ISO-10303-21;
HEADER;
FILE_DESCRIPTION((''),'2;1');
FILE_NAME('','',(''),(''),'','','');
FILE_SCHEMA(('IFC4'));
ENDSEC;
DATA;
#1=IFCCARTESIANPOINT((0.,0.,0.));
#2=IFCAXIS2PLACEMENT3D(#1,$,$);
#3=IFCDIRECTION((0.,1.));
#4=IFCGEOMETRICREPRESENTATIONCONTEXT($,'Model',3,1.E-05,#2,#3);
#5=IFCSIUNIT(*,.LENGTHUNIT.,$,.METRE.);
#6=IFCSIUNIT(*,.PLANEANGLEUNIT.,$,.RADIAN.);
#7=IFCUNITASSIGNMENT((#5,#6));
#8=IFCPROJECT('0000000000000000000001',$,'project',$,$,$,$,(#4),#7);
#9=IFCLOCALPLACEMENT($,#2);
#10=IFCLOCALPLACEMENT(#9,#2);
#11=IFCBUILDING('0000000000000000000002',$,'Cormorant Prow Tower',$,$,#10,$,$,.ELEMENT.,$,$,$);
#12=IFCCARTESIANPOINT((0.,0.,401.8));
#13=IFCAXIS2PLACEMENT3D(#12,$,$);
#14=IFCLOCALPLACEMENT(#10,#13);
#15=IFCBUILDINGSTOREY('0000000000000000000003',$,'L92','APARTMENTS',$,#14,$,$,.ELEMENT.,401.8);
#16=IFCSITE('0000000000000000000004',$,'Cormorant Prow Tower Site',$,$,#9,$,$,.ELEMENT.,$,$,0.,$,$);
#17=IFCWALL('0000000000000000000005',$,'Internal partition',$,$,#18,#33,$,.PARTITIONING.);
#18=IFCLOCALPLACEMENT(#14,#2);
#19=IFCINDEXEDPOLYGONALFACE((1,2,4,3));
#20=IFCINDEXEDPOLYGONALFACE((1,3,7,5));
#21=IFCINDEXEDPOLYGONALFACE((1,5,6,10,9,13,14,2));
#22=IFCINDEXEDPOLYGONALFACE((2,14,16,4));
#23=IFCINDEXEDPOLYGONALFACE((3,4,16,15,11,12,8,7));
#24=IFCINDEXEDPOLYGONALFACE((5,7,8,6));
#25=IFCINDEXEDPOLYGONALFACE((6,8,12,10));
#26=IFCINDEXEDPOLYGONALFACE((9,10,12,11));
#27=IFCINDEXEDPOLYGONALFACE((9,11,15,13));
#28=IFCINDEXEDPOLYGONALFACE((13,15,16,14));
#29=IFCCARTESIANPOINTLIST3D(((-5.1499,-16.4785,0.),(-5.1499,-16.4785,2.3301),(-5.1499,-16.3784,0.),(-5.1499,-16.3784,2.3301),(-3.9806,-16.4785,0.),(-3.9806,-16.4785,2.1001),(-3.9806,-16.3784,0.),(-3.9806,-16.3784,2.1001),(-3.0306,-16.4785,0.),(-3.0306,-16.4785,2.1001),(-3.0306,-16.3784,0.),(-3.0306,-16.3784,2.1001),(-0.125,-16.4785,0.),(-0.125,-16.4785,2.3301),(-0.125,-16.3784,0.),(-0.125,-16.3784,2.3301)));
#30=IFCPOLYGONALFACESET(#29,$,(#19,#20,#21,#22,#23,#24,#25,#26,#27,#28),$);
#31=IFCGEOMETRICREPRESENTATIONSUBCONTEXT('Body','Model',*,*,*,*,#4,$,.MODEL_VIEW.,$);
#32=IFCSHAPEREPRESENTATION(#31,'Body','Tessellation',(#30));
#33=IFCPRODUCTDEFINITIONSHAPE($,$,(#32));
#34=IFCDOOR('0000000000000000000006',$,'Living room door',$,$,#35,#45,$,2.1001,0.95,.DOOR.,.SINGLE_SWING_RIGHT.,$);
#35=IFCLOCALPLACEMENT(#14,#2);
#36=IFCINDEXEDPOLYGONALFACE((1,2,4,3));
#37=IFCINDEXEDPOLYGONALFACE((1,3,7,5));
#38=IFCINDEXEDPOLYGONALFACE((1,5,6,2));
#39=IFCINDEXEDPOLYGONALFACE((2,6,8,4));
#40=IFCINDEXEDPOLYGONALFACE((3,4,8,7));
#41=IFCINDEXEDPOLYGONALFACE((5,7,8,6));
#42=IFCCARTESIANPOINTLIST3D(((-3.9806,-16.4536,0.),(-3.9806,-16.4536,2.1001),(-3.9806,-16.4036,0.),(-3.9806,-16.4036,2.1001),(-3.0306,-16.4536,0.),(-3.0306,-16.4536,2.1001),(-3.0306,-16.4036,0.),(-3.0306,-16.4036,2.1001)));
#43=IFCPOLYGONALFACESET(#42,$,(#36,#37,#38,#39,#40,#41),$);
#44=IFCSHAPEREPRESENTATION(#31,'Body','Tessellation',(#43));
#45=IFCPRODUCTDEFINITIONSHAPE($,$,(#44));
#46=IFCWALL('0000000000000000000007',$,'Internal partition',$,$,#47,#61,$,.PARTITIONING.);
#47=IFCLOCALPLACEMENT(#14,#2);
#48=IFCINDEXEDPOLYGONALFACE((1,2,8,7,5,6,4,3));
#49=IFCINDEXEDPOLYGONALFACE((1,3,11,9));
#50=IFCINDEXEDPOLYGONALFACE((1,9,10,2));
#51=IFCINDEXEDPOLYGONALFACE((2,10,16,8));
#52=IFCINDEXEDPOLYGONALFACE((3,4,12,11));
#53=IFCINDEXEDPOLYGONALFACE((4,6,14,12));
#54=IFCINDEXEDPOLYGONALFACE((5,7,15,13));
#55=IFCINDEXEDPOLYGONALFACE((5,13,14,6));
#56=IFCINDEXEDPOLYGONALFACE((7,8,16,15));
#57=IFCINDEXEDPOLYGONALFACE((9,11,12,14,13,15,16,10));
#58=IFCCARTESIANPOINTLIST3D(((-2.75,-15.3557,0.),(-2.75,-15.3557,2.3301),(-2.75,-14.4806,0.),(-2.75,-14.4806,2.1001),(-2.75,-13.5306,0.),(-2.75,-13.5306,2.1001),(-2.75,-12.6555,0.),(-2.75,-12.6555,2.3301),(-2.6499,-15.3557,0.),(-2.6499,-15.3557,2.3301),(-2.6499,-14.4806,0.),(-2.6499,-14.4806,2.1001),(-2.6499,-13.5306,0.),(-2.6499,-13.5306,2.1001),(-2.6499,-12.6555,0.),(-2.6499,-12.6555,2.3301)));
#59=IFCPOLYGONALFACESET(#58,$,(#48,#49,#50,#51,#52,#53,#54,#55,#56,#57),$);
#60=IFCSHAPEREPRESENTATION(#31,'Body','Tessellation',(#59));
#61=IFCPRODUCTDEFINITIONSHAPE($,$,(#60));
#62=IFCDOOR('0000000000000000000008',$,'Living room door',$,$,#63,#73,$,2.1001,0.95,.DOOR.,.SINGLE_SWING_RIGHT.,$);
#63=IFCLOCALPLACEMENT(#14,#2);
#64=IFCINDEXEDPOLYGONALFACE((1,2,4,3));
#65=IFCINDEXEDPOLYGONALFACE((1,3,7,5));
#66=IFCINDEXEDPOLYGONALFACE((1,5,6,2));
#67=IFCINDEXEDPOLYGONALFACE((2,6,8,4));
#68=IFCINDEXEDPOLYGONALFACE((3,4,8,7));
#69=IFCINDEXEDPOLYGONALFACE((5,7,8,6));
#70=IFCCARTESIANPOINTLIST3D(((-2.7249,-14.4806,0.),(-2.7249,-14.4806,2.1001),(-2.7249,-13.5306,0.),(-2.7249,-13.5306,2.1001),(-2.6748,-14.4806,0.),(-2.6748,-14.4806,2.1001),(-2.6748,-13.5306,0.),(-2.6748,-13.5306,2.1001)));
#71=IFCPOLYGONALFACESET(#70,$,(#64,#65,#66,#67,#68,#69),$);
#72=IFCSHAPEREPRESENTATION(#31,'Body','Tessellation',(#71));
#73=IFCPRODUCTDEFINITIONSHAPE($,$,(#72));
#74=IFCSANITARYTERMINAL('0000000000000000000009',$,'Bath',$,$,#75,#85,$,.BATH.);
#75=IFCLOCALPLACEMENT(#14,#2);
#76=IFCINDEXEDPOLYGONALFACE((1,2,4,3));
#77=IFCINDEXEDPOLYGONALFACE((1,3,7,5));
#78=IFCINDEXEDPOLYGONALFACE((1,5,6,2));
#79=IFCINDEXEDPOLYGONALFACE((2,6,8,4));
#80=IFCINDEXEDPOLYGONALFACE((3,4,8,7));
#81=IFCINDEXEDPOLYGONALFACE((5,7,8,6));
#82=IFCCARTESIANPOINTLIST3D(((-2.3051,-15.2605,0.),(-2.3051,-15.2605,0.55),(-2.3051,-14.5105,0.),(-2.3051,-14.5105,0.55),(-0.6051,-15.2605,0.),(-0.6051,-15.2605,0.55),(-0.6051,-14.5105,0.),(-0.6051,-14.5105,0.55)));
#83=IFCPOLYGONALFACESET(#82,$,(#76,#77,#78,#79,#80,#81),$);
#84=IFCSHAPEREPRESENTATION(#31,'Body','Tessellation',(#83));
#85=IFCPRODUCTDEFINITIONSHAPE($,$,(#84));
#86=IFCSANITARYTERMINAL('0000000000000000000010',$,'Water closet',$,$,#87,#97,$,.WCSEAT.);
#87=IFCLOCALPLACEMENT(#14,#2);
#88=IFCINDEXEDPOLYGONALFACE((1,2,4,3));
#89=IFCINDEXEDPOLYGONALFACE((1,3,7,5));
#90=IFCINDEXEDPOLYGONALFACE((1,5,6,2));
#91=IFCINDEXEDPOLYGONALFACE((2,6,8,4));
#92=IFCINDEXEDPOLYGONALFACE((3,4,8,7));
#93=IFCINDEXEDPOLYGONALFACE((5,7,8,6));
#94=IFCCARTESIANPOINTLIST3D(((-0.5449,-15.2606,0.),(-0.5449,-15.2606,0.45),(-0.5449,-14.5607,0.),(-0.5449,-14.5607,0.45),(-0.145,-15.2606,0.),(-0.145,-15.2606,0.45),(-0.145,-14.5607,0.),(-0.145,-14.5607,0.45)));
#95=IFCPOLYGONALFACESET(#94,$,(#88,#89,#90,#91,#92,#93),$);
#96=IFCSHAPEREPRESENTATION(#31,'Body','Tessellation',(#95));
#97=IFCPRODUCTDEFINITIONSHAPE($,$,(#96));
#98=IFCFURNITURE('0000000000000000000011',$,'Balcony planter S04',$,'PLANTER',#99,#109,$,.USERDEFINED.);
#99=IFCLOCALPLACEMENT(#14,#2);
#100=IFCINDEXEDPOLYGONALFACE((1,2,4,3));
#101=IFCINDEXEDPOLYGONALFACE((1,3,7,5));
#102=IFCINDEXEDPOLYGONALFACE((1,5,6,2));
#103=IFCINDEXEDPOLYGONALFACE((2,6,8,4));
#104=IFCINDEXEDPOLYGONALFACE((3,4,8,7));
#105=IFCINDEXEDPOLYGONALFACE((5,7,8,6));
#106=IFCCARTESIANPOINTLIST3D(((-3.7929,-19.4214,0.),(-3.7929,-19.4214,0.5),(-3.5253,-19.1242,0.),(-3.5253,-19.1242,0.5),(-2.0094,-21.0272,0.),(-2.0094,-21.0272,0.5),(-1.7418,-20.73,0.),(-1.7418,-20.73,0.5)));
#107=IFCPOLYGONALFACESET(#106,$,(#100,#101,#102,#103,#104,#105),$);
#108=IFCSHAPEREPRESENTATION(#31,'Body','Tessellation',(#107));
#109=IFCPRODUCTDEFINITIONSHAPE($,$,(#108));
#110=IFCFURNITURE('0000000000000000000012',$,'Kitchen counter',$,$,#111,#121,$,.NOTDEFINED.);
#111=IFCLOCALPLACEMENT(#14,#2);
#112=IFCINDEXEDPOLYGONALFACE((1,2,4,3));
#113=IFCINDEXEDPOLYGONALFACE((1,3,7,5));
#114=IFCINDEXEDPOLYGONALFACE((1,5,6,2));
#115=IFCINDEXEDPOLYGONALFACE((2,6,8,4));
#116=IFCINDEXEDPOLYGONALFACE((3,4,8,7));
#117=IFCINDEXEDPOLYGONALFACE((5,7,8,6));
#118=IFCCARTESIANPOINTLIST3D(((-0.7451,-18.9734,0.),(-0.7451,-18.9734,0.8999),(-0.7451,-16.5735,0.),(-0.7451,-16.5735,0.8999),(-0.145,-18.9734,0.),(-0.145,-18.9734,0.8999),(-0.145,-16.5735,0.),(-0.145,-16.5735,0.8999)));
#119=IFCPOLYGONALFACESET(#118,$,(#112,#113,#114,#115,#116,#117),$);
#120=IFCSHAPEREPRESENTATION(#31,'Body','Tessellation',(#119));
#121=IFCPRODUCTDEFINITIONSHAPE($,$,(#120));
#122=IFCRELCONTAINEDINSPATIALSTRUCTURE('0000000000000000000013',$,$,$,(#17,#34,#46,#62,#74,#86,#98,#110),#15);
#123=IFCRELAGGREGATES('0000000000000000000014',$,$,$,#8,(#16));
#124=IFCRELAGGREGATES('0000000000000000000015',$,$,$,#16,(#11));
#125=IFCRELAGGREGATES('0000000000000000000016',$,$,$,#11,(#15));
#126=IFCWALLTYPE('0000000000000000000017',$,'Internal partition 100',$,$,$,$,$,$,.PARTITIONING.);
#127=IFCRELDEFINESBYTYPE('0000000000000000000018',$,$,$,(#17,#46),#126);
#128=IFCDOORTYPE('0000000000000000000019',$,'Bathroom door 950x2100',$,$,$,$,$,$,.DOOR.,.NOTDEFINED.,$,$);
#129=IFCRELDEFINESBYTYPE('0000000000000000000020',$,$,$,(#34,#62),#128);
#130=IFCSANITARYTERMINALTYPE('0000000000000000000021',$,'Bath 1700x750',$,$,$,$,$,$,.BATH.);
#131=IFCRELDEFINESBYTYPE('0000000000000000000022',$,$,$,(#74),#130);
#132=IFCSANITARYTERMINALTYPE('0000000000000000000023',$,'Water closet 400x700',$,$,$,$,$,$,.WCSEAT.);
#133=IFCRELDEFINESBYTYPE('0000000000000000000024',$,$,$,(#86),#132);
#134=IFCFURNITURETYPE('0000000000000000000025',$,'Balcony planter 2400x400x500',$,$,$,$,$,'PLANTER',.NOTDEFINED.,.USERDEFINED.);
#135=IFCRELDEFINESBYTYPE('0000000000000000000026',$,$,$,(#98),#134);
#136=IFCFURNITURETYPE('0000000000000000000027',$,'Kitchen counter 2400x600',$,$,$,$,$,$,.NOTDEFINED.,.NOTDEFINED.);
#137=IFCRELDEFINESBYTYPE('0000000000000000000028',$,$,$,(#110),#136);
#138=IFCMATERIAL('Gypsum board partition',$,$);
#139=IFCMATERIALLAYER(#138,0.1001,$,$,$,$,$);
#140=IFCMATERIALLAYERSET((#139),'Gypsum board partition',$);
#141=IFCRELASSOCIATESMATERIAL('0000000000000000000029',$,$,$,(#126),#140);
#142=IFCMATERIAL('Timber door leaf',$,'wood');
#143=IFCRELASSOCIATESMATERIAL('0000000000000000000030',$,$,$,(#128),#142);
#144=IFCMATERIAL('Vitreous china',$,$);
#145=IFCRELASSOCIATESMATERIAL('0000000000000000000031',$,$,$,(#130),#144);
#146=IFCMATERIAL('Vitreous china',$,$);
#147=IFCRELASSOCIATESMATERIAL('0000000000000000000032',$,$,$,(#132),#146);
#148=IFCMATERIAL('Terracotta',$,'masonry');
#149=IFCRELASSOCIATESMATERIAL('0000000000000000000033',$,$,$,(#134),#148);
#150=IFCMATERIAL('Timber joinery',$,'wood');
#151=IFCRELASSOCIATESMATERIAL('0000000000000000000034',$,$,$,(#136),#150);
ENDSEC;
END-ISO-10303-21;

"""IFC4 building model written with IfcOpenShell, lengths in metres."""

from ifc_helpers import new_model, si_unit, direction, frame, frame_2d, origin, origin_2d, place, context, subcontext, project, spatial, rectangle, extrude, material, layer, layer_set, type_object, element, fill, save


model = new_model("IFC4")

# Units and contexts
model_context = context("Model", 3, precision=1e-05, world=origin(), true_north=direction((0.0, 1.0)))
body_context = subcontext(model_context, "Body", "Model", "MODEL_VIEW")
ifc_project = project(units=[si_unit("LENGTHUNIT", "METRE"), si_unit("PLANEANGLEUNIT", "RADIAN")], contexts=[model_context])

# Site, building, storey
site_placement = place(None, origin())
site = spatial("IfcSite", under=ifc_project, at=site_placement, Name="Cormorant Prow Tower Site", CompositionType="ELEMENT", RefElevation=0.0)
building_placement = place(site_placement, origin())
building = spatial("IfcBuilding", under=site, at=building_placement, Name="Cormorant Prow Tower", CompositionType="ELEMENT")
storey_placement = place(building_placement, frame((0.0, 0.0, 401.8)))
storey = spatial("IfcBuildingStorey", under=building, at=storey_placement, Name="L92", Description="APARTMENTS", CompositionType="ELEMENT", Elevation=401.8)

# Walls, openings, doors
ifc_material_1 = material(Name="Gypsum board partition")
ifc_layer_1 = layer(ifc_material_1, 0.1001)
ifc_layer_set_1 = layer_set([ifc_layer_1], Name="Gypsum board partition")
wall_type = type_object("IfcWallType", Name="Internal partition 100", PredefinedType="PARTITIONING", material=ifc_layer_set_1)
ifc_material_2 = material(Name="Timber door leaf", Category="wood")
door_type = type_object("IfcDoorType", Name="Bathroom door 950x2100", OperationType="NOTDEFINED", PredefinedType="DOOR", material=ifc_material_2)
wall_1_placement = place(storey_placement, frame((-5.1499, -16.4285, 0.0), z_axis=(0.0, 0.0, 1.0), x_axis=(1.0, 0.0, 0.0)))
wall_1 = element("IfcWall", 1, at=wall_1_placement, inside=storey, type_object=wall_type, Name="Internal partition", PredefinedType="PARTITIONING", context=body_context, shape_type="SweptSolid", body=[
    extrude(rectangle(XDim=5.0249, YDim=0.1001, at=frame_2d((2.5125, 0.0))), origin(), (0.0, 0.0, 1.0), 2.3301),
])
opening_1_placement = place(wall_1_placement, frame((1.1692, 0.0, 0.0)))
opening_1 = element("IfcOpeningElement", 2, at=opening_1_placement, cuts=wall_1, PredefinedType="OPENING", context=body_context, shape_type="SweptSolid", body=[
    extrude(rectangle(XDim=0.95, YDim=2.1001, at=frame_2d((0.4751, 1.05))), frame((0.0, 0.0601, 0.0), z_axis=(0.0, -1.0, 0.0), x_axis=(1.0, 0.0, 0.0)), (0.0, 0.0, 1.0), 0.1201),
])
door_1_placement = place(opening_1_placement, origin())
door_1 = element("IfcDoor", 3, at=door_1_placement, inside=storey, type_object=door_type, Name="Living room door", OperationType="SINGLE_SWING_RIGHT", OverallHeight=2.1001, OverallWidth=0.95, PredefinedType="DOOR", context=body_context, shape_type="SweptSolid", body=[
    extrude(rectangle(XDim=0.95, YDim=2.1001, at=frame_2d((0.4751, 1.05))), frame((0.0, 0.0249, 0.0), z_axis=(0.0, -1.0, 0.0), x_axis=(1.0, 0.0, 0.0)), (0.0, 0.0, 1.0), 0.05),
])
fill(opening_1, door_1)
wall_2_placement = place(storey_placement, frame((-2.7, -15.3557, 0.0), z_axis=(0.0, 0.0, 1.0), x_axis=(0.0, 1.0, 0.0)))
wall_2 = element("IfcWall", 4, at=wall_2_placement, inside=storey, type_object=wall_type, Name="Internal partition", PredefinedType="PARTITIONING", context=body_context, shape_type="SweptSolid", body=[
    extrude(rectangle(XDim=2.7002, YDim=0.1001, at=frame_2d((1.3501, 0.0))), origin(), (0.0, 0.0, 1.0), 2.3301),
])
opening_2_placement = place(wall_2_placement, frame((0.875, 0.0, 0.0)))
opening_2 = element("IfcOpeningElement", 5, at=opening_2_placement, cuts=wall_2, PredefinedType="OPENING", context=body_context, shape_type="SweptSolid", body=[
    extrude(rectangle(XDim=0.95, YDim=2.1001, at=frame_2d((0.4751, 1.05))), frame((0.0, 0.0601, 0.0), z_axis=(0.0, -1.0, 0.0), x_axis=(1.0, 0.0, 0.0)), (0.0, 0.0, 1.0), 0.1201),
])
door_2_placement = place(opening_2_placement, origin())
door_2 = element("IfcDoor", 6, at=door_2_placement, inside=storey, type_object=door_type, Name="Living room door", OperationType="SINGLE_SWING_RIGHT", OverallHeight=2.1001, OverallWidth=0.95, PredefinedType="DOOR", context=body_context, shape_type="SweptSolid", body=[
    extrude(rectangle(XDim=0.95, YDim=2.1001, at=frame_2d((0.4751, 1.05))), frame((0.0, 0.0249, 0.0), z_axis=(0.0, -1.0, 0.0), x_axis=(1.0, 0.0, 0.0)), (0.0, 0.0, 1.0), 0.05),
])
fill(opening_2, door_2)

# Sanitary terminals
ifc_material_3 = material(Name="Vitreous china")
sanitary_terminal_type_1 = type_object("IfcSanitaryTerminalType", Name="Bath 1700x750", PredefinedType="BATH", material=ifc_material_3)
sanitary_terminal_1_placement = place(storey_placement, frame((-1.4551, -14.8855, 0.0), z_axis=(0.0, 0.0, 1.0), x_axis=(1.0, 0.0, 0.0)))
element("IfcSanitaryTerminal", 7, at=sanitary_terminal_1_placement, inside=storey, type_object=sanitary_terminal_type_1, Name="Bath", PredefinedType="BATH", context=body_context, shape_type="SweptSolid", body=[
    extrude(rectangle(XDim=1.7, YDim=0.75, at=origin_2d()), origin(), (0.0, 0.0, 1.0), 0.55),
])
ifc_material_4 = material(Name="Vitreous china")
sanitary_terminal_type_2 = type_object("IfcSanitaryTerminalType", Name="Water closet 400x700", PredefinedType="WCSEAT", material=ifc_material_4)
sanitary_terminal_2_placement = place(storey_placement, frame((-0.345, -14.9106, 0.0), z_axis=(0.0, 0.0, 1.0), x_axis=(-1.0, 0.0, 0.0)))
element("IfcSanitaryTerminal", 8, at=sanitary_terminal_2_placement, inside=storey, type_object=sanitary_terminal_type_2, Name="Water closet", PredefinedType="WCSEAT", context=body_context, shape_type="SweptSolid", body=[
    extrude(rectangle(XDim=0.3999, YDim=0.7, at=origin_2d()), origin(), (0.0, 0.0, 1.0), 0.45),
])

# Furniture
ifc_material_5 = material(Name="Terracotta", Category="masonry")
furniture_type_1 = type_object("IfcFurnitureType", Name="Balcony planter 2400x400x500", ElementType="PLANTER", AssemblyPlace="NOTDEFINED", PredefinedType="USERDEFINED", material=ifc_material_5)
furniture_1_placement = place(storey_placement, frame((-2.7673, -20.0757, 0.0), z_axis=(0.0, 0.0, 1.0), x_axis=(0.743145, -0.669131, 0.0)))
element("IfcFurniture", 9, at=furniture_1_placement, inside=storey, type_object=furniture_type_1, Name="Balcony planter S04", ObjectType="PLANTER", PredefinedType="USERDEFINED", context=body_context, shape_type="SweptSolid", body=[
    extrude(rectangle(XDim=2.3999, YDim=0.3999, at=origin_2d()), origin(), (0.0, 0.0, 1.0), 0.5),
])
ifc_material_6 = material(Name="Timber joinery", Category="wood")
furniture_type_2 = type_object("IfcFurnitureType", Name="Kitchen counter 2400x600", AssemblyPlace="NOTDEFINED", PredefinedType="NOTDEFINED", material=ifc_material_6)
furniture_2_placement = place(storey_placement, frame((-0.4451, -17.7734, 0.0), z_axis=(0.0, 0.0, 1.0), x_axis=(0.0, -1.0, 0.0)))
element("IfcFurniture", 10, at=furniture_2_placement, inside=storey, type_object=furniture_type_2, Name="Kitchen counter", PredefinedType="NOTDEFINED", context=body_context, shape_type="SweptSolid", body=[
    extrude(rectangle(XDim=2.3999, YDim=0.6001, at=origin_2d()), origin(), (0.0, 0.0, 1.0), 0.8999),
])

save(model, "model.ifc")
